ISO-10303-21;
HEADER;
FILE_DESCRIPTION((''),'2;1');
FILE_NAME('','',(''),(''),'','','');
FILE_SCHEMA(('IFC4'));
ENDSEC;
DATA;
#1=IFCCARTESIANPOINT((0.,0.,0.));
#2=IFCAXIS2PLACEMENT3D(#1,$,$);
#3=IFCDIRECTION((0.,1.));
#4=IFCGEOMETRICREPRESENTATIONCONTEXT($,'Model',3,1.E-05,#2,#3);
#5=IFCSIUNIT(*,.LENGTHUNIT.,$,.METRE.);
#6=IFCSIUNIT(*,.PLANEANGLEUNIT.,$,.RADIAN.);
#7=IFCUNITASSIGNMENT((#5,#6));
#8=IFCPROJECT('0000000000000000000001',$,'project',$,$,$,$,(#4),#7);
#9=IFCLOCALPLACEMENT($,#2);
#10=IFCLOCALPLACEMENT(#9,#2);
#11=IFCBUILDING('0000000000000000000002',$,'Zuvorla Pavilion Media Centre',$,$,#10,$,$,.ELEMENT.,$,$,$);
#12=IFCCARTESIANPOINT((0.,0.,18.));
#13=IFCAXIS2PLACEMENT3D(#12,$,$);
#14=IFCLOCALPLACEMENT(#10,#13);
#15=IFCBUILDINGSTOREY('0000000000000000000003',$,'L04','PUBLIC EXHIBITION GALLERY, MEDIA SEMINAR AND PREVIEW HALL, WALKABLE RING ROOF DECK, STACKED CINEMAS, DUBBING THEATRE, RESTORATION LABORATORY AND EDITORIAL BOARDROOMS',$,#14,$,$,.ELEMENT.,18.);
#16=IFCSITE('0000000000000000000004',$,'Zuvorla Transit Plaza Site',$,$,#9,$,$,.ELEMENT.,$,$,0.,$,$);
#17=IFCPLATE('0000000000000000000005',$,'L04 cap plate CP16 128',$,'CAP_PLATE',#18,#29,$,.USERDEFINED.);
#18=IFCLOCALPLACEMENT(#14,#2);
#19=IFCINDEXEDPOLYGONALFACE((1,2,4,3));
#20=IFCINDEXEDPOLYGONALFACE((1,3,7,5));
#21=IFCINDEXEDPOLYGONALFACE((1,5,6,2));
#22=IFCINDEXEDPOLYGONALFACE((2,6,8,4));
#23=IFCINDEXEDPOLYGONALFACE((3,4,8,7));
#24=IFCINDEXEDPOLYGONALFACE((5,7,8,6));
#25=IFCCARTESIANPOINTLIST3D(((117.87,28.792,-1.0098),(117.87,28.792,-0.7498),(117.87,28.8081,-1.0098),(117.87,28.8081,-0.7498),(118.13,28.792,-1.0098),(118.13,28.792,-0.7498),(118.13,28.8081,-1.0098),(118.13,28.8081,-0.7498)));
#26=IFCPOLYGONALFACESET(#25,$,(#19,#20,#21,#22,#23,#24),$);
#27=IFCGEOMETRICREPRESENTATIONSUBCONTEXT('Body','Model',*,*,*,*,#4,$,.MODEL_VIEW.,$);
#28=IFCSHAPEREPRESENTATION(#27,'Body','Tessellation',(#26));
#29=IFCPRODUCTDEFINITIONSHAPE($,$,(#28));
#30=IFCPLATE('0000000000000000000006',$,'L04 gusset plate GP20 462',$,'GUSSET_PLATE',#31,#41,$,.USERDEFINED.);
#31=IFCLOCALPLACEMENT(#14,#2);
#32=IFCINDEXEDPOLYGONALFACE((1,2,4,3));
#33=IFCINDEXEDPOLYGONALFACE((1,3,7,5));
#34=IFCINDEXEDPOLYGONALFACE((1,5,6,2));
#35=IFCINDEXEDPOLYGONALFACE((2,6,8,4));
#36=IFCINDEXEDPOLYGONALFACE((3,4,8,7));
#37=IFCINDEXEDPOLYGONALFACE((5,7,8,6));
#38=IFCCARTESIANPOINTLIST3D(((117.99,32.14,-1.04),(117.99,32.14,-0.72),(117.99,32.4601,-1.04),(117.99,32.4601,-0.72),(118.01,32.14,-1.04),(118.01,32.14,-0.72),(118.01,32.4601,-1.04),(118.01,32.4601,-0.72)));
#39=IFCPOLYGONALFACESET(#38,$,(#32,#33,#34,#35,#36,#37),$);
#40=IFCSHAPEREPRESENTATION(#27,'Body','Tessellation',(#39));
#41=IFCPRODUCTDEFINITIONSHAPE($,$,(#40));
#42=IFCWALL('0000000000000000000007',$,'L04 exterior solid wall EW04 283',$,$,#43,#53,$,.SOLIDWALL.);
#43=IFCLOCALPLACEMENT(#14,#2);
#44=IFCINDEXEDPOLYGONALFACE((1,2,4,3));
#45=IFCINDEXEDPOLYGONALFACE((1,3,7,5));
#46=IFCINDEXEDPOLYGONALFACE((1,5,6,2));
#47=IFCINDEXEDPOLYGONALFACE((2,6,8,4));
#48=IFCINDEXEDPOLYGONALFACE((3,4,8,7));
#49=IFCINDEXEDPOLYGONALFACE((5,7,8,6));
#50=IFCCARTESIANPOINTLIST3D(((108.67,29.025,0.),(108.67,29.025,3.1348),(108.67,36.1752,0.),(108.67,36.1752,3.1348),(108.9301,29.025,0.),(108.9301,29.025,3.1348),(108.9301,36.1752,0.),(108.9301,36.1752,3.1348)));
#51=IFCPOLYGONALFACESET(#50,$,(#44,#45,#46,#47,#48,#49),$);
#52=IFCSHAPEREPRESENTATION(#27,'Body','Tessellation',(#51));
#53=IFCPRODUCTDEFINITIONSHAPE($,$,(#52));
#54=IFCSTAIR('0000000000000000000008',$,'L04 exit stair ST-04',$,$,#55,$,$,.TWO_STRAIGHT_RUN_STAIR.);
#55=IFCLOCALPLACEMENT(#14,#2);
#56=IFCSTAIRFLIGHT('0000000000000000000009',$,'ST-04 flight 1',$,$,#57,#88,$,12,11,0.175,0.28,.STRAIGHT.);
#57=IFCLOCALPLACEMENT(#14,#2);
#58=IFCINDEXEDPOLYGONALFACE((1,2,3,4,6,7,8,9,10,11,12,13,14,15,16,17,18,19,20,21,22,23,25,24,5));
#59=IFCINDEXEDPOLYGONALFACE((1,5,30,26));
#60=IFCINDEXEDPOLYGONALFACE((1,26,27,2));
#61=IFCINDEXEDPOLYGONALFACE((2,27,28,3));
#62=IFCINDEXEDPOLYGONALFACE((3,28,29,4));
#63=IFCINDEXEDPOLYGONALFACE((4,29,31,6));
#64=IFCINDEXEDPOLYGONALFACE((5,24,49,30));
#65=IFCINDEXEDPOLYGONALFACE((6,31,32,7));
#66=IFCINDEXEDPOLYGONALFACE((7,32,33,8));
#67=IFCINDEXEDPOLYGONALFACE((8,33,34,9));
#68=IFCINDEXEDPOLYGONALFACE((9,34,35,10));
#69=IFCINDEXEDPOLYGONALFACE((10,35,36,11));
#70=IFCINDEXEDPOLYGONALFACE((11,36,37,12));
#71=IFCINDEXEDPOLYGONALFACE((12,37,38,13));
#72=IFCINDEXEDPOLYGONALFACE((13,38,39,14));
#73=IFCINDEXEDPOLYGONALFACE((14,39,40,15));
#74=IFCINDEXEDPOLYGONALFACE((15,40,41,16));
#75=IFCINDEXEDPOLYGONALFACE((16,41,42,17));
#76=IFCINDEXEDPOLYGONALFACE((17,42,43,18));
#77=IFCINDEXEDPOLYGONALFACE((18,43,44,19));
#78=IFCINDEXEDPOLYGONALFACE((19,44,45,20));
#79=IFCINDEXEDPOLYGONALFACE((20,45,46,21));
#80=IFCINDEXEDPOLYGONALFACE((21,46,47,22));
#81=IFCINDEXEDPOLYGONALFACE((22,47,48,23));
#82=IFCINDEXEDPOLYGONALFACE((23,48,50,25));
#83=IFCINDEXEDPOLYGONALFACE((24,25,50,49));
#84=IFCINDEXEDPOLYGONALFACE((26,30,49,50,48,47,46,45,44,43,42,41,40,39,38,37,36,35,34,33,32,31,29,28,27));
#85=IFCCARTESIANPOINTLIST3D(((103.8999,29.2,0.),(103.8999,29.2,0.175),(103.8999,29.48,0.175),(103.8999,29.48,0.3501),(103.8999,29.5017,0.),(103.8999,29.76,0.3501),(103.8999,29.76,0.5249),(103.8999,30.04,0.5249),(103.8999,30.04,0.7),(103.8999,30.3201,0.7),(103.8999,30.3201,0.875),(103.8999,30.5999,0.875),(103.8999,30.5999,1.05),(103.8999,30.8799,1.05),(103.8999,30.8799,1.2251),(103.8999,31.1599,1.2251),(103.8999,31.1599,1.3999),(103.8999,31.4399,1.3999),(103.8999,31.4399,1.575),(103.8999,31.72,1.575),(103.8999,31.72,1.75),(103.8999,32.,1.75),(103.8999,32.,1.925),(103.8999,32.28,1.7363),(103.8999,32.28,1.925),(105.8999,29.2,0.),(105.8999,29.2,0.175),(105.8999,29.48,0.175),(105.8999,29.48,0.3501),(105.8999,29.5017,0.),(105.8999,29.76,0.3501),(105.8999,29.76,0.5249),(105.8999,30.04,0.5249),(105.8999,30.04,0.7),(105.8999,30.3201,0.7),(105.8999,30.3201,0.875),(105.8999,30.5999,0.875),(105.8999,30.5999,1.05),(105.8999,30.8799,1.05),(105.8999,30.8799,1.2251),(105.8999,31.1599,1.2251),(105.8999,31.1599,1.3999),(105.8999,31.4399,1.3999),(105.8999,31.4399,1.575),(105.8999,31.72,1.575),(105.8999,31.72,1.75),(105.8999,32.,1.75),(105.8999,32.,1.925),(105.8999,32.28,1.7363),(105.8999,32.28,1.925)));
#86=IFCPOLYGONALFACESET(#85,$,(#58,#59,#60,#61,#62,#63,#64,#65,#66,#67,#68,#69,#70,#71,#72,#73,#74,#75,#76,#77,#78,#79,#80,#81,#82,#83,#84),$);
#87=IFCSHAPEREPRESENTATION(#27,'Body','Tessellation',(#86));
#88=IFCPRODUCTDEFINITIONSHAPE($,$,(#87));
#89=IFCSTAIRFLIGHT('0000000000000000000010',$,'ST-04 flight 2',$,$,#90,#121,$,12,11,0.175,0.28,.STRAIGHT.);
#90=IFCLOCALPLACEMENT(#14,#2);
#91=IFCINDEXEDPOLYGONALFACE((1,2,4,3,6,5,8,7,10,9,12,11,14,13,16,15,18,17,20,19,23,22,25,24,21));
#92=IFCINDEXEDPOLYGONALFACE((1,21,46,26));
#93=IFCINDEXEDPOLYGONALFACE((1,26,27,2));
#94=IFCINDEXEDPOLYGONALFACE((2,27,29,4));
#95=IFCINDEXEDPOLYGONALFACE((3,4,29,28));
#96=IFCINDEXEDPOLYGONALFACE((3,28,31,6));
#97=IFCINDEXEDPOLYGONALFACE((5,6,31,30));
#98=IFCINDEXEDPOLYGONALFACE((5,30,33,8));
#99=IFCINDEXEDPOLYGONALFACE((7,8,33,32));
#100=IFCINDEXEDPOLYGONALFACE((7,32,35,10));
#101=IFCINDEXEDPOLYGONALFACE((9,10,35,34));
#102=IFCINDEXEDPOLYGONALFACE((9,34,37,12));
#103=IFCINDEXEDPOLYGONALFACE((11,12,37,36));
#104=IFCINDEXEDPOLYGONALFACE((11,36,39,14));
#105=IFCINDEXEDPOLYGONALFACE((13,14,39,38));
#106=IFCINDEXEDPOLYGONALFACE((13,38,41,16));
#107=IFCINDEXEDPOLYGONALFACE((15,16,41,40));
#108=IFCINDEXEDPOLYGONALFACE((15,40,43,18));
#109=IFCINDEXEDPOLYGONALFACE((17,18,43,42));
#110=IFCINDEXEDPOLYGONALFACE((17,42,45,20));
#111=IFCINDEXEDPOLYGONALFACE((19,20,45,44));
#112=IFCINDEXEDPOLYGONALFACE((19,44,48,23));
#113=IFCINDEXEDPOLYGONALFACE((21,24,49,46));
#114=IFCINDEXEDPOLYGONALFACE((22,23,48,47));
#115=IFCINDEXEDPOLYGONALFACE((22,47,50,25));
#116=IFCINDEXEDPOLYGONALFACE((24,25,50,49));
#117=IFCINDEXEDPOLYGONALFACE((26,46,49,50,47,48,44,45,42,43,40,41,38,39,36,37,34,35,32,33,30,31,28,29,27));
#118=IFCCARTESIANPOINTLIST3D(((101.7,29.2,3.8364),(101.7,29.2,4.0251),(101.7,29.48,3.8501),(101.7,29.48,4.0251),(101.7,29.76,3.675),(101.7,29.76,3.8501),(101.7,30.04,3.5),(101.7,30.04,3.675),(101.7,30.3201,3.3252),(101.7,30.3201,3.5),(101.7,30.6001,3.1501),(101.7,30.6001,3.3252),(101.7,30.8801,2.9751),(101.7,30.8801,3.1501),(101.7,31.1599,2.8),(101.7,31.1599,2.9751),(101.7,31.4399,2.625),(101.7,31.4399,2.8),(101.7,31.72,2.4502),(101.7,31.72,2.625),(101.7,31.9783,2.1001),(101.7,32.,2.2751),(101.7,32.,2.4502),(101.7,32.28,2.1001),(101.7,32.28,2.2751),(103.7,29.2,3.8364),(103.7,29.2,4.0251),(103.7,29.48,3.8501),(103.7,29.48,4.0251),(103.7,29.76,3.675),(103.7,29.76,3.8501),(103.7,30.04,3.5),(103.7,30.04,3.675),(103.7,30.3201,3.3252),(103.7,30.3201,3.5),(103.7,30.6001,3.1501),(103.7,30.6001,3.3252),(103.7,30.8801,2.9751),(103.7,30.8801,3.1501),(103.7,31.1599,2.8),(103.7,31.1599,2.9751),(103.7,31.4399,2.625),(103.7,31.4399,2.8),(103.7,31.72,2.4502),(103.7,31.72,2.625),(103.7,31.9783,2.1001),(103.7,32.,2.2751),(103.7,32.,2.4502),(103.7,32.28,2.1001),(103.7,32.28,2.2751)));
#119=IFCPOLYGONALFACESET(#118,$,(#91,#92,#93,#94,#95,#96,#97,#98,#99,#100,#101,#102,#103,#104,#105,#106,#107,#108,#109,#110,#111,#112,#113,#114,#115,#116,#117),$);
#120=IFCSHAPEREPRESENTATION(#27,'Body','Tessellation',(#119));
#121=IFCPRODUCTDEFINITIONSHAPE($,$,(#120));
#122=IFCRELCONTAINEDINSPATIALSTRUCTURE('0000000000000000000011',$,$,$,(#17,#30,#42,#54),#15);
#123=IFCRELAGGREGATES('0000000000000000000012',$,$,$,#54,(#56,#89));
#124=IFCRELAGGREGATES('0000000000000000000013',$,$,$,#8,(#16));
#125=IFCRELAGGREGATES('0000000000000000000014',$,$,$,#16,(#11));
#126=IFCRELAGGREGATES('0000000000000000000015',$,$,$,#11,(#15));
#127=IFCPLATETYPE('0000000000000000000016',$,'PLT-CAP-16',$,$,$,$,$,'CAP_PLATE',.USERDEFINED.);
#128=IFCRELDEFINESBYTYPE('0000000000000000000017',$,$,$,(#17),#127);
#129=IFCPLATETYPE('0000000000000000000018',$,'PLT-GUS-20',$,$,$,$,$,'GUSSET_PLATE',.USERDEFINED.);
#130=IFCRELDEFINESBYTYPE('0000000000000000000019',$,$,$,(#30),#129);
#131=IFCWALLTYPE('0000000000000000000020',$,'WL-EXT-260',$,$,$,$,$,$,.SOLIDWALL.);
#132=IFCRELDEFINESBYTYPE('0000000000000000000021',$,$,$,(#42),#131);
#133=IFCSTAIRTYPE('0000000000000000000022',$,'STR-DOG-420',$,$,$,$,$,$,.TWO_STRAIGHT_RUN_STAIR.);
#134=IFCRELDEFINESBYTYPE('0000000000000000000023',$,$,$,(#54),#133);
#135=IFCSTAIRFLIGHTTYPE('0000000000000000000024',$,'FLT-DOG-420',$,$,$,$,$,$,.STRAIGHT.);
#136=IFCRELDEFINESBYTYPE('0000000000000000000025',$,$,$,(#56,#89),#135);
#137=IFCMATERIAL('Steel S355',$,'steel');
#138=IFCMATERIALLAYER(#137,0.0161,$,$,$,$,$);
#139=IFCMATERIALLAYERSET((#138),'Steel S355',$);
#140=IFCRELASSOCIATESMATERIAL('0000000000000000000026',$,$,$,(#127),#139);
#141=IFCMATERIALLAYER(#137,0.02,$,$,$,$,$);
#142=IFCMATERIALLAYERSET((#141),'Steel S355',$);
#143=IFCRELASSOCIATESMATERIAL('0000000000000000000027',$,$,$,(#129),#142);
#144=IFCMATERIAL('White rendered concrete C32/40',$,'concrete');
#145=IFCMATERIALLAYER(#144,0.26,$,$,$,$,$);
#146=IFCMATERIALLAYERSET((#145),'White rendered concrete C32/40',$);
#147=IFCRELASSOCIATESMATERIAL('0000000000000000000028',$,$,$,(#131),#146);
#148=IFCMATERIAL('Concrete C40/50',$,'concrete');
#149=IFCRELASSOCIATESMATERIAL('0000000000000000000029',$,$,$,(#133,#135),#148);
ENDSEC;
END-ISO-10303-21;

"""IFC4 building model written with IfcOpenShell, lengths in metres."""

from ifc_helpers import new_model, si_unit, direction, frame, frame_2d, origin, origin_2d, place, context, subcontext, project, spatial, polyline, rectangle, outline, extrude, material, layer, layer_set, type_object, element, aggregate, save


model = new_model("IFC4")

# Units and contexts
model_context = context("Model", 3, precision=1e-05, world=origin(), true_north=direction((0.0, 1.0)))
body_context = subcontext(model_context, "Body", "Model", "MODEL_VIEW")
ifc_project = project(units=[si_unit("LENGTHUNIT", "METRE"), si_unit("PLANEANGLEUNIT", "RADIAN")], contexts=[model_context])

# Site, building, storey
site_placement = place(None, origin())
site = spatial("IfcSite", under=ifc_project, at=site_placement, Name="Zuvorla Transit Plaza Site", CompositionType="ELEMENT", RefElevation=0.0)
building_placement = place(site_placement, origin())
building = spatial("IfcBuilding", under=site, at=building_placement, Name="Zuvorla Pavilion Media Centre", CompositionType="ELEMENT")
storey_placement = place(building_placement, frame((0.0, 0.0, 18.0)))
storey = spatial("IfcBuildingStorey", under=building, at=storey_placement, Name="L04", Description="PUBLIC EXHIBITION GALLERY, MEDIA SEMINAR AND PREVIEW HALL, WALKABLE RING ROOF DECK, STACKED CINEMAS, DUBBING THEATRE, RESTORATION LABORATORY AND EDITORIAL BOARDROOMS", CompositionType="ELEMENT", Elevation=18.0)

# Shared definitions
ifc_material_1 = material(Name="Concrete C40/50", Category="concrete")

# Shared definitions
ifc_material_2 = material(Name="Steel S355", Category="steel")

# Plates
ifc_layer_1 = layer(ifc_material_2, 0.0161)
ifc_layer_set_1 = layer_set([ifc_layer_1], Name="Steel S355")
plate_type_1 = type_object("IfcPlateType", Name="PLT-CAP-16", ElementType="CAP_PLATE", PredefinedType="USERDEFINED", material=ifc_layer_set_1)
plate_1_placement = place(storey_placement, frame((118.0, 28.8, -1.0098), z_axis=(0.0, 0.0, 1.0), x_axis=(1.0, 0.0, 0.0)))
element("IfcPlate", 1, at=plate_1_placement, inside=storey, type_object=plate_type_1, Name="L04 cap plate CP16 128", ObjectType="CAP_PLATE", PredefinedType="USERDEFINED", context=body_context, shape_type="SweptSolid", body=[
    extrude(rectangle(XDim=0.26, YDim=0.0161, at=origin_2d()), origin(), (0.0, 0.0, 1.0), 0.26),
])
ifc_layer_2 = layer(ifc_material_2, 0.02)
ifc_layer_set_2 = layer_set([ifc_layer_2], Name="Steel S355")
plate_type_2 = type_object("IfcPlateType", Name="PLT-GUS-20", ElementType="GUSSET_PLATE", PredefinedType="USERDEFINED", material=ifc_layer_set_2)
plate_2_placement = place(storey_placement, frame((118.0, 32.3, -1.04), z_axis=(0.0, 0.0, 1.0), x_axis=(1.0, 0.0, 0.0)))
element("IfcPlate", 2, at=plate_2_placement, inside=storey, type_object=plate_type_2, Name="L04 gusset plate GP20 462", ObjectType="GUSSET_PLATE", PredefinedType="USERDEFINED", context=body_context, shape_type="SweptSolid", body=[
    extrude(rectangle(XDim=0.02, YDim=0.3201, at=origin_2d()), origin(), (0.0, 0.0, 1.0), 0.3201),
])

# Wall
ifc_material_3 = material(Name="White rendered concrete C32/40", Category="concrete")
ifc_layer_3 = layer(ifc_material_3, 0.26)
ifc_layer_set_3 = layer_set([ifc_layer_3], Name="White rendered concrete C32/40")
wall_type = type_object("IfcWallType", Name="WL-EXT-260", PredefinedType="SOLIDWALL", material=ifc_layer_set_3)
wall_placement = place(storey_placement, frame((108.8, 29.0249, 0.0), z_axis=(0.0, 0.0, 1.0), x_axis=(0.0, 1.0, 0.0)))
element("IfcWall", 3, at=wall_placement, inside=storey, type_object=wall_type, Name="L04 exterior solid wall EW04 283", PredefinedType="SOLIDWALL", context=body_context, shape_type="SweptSolid", body=[
    extrude(rectangle(XDim=7.1501, YDim=0.26, at=frame_2d((3.5752, 0.0))), origin(), (0.0, 0.0, 1.0), 3.1348),
])

# Stair, stair flights
stair_type = type_object("IfcStairType", Name="STR-DOG-420", PredefinedType="TWO_STRAIGHT_RUN_STAIR", material=ifc_material_1)
stair_placement = place(storey_placement, origin())
stair = element("IfcStair", 4, at=stair_placement, inside=storey, type_object=stair_type, Name="L04 exit stair ST-04", PredefinedType="TWO_STRAIGHT_RUN_STAIR")
stair_flight_type = type_object("IfcStairFlightType", Name="FLT-DOG-420", PredefinedType="STRAIGHT", material=ifc_material_1)
stair_flight_1_placement = place(storey_placement, frame((104.8999, 29.2, 0.0), z_axis=(0.0, 0.0, 1.0), x_axis=(0.0, 1.0, 0.0)))
stair_flight_1 = element("IfcStairFlight", 5, at=stair_flight_1_placement, type_object=stair_flight_type, Name="ST-04 flight 1", NumberOfRisers=12, NumberOfTreads=11, PredefinedType="STRAIGHT", RiserHeight=0.175, TreadLength=0.28, context=body_context, shape_type="SweptSolid", body=[
    extrude(outline(polyline([(0.0, 0.0), (0.0, 0.175), (0.28, 0.175), (0.28, 0.3501), (0.5601, 0.3501), (0.5601, 0.5249), (0.8401, 0.5249), (0.8401, 0.7), (1.1201, 0.7), (1.1201, 0.875), (1.3999, 0.875), (1.3999, 1.05), (1.6799, 1.05), (1.6799, 1.2251), (1.96, 1.2251), (1.96, 1.3999), (2.24, 1.3999), (2.24, 1.575), (2.52, 1.575), (2.52, 1.75), (2.8, 1.75), (2.8, 1.925), (3.0801, 1.925), (3.0801, 2.1001), (3.0801, 1.7363), (0.3018, 0.0), (0.0, 0.0)])), frame((0.0, 1.0, 0.0), z_axis=(0.0, -1.0, 0.0), x_axis=(1.0, 0.0, 0.0)), (0.0, 0.0, 1.0), 2.0),
])
stair_flight_2_placement = place(storey_placement, frame((102.7, 32.28, 2.1001), z_axis=(0.0, 0.0, 1.0), x_axis=(0.0, -1.0, 0.0)))
stair_flight_2 = element("IfcStairFlight", 6, at=stair_flight_2_placement, type_object=stair_flight_type, Name="ST-04 flight 2", NumberOfRisers=12, NumberOfTreads=11, PredefinedType="STRAIGHT", RiserHeight=0.175, TreadLength=0.28, context=body_context, shape_type="SweptSolid", body=[
    extrude(outline(polyline([(0.0, 0.0), (0.0, 0.175), (0.28, 0.175), (0.28, 0.3501), (0.5601, 0.3501), (0.5601, 0.5249), (0.8401, 0.5249), (0.8401, 0.7), (1.1201, 0.7), (1.1201, 0.875), (1.3999, 0.875), (1.3999, 1.05), (1.6799, 1.05), (1.6799, 1.2251), (1.96, 1.2251), (1.96, 1.3999), (2.24, 1.3999), (2.24, 1.575), (2.52, 1.575), (2.52, 1.75), (2.8, 1.75), (2.8, 1.925), (3.0801, 1.925), (3.0801, 2.1001), (3.0801, 1.7363), (0.3018, 0.0), (0.0, 0.0)])), frame((0.0, 1.0, 0.0), z_axis=(0.0, -1.0, 0.0), x_axis=(1.0, 0.0, 0.0)), (0.0, 0.0, 1.0), 2.0),
])
aggregate(stair, [stair_flight_1, stair_flight_2])

save(model, "model.ifc")
